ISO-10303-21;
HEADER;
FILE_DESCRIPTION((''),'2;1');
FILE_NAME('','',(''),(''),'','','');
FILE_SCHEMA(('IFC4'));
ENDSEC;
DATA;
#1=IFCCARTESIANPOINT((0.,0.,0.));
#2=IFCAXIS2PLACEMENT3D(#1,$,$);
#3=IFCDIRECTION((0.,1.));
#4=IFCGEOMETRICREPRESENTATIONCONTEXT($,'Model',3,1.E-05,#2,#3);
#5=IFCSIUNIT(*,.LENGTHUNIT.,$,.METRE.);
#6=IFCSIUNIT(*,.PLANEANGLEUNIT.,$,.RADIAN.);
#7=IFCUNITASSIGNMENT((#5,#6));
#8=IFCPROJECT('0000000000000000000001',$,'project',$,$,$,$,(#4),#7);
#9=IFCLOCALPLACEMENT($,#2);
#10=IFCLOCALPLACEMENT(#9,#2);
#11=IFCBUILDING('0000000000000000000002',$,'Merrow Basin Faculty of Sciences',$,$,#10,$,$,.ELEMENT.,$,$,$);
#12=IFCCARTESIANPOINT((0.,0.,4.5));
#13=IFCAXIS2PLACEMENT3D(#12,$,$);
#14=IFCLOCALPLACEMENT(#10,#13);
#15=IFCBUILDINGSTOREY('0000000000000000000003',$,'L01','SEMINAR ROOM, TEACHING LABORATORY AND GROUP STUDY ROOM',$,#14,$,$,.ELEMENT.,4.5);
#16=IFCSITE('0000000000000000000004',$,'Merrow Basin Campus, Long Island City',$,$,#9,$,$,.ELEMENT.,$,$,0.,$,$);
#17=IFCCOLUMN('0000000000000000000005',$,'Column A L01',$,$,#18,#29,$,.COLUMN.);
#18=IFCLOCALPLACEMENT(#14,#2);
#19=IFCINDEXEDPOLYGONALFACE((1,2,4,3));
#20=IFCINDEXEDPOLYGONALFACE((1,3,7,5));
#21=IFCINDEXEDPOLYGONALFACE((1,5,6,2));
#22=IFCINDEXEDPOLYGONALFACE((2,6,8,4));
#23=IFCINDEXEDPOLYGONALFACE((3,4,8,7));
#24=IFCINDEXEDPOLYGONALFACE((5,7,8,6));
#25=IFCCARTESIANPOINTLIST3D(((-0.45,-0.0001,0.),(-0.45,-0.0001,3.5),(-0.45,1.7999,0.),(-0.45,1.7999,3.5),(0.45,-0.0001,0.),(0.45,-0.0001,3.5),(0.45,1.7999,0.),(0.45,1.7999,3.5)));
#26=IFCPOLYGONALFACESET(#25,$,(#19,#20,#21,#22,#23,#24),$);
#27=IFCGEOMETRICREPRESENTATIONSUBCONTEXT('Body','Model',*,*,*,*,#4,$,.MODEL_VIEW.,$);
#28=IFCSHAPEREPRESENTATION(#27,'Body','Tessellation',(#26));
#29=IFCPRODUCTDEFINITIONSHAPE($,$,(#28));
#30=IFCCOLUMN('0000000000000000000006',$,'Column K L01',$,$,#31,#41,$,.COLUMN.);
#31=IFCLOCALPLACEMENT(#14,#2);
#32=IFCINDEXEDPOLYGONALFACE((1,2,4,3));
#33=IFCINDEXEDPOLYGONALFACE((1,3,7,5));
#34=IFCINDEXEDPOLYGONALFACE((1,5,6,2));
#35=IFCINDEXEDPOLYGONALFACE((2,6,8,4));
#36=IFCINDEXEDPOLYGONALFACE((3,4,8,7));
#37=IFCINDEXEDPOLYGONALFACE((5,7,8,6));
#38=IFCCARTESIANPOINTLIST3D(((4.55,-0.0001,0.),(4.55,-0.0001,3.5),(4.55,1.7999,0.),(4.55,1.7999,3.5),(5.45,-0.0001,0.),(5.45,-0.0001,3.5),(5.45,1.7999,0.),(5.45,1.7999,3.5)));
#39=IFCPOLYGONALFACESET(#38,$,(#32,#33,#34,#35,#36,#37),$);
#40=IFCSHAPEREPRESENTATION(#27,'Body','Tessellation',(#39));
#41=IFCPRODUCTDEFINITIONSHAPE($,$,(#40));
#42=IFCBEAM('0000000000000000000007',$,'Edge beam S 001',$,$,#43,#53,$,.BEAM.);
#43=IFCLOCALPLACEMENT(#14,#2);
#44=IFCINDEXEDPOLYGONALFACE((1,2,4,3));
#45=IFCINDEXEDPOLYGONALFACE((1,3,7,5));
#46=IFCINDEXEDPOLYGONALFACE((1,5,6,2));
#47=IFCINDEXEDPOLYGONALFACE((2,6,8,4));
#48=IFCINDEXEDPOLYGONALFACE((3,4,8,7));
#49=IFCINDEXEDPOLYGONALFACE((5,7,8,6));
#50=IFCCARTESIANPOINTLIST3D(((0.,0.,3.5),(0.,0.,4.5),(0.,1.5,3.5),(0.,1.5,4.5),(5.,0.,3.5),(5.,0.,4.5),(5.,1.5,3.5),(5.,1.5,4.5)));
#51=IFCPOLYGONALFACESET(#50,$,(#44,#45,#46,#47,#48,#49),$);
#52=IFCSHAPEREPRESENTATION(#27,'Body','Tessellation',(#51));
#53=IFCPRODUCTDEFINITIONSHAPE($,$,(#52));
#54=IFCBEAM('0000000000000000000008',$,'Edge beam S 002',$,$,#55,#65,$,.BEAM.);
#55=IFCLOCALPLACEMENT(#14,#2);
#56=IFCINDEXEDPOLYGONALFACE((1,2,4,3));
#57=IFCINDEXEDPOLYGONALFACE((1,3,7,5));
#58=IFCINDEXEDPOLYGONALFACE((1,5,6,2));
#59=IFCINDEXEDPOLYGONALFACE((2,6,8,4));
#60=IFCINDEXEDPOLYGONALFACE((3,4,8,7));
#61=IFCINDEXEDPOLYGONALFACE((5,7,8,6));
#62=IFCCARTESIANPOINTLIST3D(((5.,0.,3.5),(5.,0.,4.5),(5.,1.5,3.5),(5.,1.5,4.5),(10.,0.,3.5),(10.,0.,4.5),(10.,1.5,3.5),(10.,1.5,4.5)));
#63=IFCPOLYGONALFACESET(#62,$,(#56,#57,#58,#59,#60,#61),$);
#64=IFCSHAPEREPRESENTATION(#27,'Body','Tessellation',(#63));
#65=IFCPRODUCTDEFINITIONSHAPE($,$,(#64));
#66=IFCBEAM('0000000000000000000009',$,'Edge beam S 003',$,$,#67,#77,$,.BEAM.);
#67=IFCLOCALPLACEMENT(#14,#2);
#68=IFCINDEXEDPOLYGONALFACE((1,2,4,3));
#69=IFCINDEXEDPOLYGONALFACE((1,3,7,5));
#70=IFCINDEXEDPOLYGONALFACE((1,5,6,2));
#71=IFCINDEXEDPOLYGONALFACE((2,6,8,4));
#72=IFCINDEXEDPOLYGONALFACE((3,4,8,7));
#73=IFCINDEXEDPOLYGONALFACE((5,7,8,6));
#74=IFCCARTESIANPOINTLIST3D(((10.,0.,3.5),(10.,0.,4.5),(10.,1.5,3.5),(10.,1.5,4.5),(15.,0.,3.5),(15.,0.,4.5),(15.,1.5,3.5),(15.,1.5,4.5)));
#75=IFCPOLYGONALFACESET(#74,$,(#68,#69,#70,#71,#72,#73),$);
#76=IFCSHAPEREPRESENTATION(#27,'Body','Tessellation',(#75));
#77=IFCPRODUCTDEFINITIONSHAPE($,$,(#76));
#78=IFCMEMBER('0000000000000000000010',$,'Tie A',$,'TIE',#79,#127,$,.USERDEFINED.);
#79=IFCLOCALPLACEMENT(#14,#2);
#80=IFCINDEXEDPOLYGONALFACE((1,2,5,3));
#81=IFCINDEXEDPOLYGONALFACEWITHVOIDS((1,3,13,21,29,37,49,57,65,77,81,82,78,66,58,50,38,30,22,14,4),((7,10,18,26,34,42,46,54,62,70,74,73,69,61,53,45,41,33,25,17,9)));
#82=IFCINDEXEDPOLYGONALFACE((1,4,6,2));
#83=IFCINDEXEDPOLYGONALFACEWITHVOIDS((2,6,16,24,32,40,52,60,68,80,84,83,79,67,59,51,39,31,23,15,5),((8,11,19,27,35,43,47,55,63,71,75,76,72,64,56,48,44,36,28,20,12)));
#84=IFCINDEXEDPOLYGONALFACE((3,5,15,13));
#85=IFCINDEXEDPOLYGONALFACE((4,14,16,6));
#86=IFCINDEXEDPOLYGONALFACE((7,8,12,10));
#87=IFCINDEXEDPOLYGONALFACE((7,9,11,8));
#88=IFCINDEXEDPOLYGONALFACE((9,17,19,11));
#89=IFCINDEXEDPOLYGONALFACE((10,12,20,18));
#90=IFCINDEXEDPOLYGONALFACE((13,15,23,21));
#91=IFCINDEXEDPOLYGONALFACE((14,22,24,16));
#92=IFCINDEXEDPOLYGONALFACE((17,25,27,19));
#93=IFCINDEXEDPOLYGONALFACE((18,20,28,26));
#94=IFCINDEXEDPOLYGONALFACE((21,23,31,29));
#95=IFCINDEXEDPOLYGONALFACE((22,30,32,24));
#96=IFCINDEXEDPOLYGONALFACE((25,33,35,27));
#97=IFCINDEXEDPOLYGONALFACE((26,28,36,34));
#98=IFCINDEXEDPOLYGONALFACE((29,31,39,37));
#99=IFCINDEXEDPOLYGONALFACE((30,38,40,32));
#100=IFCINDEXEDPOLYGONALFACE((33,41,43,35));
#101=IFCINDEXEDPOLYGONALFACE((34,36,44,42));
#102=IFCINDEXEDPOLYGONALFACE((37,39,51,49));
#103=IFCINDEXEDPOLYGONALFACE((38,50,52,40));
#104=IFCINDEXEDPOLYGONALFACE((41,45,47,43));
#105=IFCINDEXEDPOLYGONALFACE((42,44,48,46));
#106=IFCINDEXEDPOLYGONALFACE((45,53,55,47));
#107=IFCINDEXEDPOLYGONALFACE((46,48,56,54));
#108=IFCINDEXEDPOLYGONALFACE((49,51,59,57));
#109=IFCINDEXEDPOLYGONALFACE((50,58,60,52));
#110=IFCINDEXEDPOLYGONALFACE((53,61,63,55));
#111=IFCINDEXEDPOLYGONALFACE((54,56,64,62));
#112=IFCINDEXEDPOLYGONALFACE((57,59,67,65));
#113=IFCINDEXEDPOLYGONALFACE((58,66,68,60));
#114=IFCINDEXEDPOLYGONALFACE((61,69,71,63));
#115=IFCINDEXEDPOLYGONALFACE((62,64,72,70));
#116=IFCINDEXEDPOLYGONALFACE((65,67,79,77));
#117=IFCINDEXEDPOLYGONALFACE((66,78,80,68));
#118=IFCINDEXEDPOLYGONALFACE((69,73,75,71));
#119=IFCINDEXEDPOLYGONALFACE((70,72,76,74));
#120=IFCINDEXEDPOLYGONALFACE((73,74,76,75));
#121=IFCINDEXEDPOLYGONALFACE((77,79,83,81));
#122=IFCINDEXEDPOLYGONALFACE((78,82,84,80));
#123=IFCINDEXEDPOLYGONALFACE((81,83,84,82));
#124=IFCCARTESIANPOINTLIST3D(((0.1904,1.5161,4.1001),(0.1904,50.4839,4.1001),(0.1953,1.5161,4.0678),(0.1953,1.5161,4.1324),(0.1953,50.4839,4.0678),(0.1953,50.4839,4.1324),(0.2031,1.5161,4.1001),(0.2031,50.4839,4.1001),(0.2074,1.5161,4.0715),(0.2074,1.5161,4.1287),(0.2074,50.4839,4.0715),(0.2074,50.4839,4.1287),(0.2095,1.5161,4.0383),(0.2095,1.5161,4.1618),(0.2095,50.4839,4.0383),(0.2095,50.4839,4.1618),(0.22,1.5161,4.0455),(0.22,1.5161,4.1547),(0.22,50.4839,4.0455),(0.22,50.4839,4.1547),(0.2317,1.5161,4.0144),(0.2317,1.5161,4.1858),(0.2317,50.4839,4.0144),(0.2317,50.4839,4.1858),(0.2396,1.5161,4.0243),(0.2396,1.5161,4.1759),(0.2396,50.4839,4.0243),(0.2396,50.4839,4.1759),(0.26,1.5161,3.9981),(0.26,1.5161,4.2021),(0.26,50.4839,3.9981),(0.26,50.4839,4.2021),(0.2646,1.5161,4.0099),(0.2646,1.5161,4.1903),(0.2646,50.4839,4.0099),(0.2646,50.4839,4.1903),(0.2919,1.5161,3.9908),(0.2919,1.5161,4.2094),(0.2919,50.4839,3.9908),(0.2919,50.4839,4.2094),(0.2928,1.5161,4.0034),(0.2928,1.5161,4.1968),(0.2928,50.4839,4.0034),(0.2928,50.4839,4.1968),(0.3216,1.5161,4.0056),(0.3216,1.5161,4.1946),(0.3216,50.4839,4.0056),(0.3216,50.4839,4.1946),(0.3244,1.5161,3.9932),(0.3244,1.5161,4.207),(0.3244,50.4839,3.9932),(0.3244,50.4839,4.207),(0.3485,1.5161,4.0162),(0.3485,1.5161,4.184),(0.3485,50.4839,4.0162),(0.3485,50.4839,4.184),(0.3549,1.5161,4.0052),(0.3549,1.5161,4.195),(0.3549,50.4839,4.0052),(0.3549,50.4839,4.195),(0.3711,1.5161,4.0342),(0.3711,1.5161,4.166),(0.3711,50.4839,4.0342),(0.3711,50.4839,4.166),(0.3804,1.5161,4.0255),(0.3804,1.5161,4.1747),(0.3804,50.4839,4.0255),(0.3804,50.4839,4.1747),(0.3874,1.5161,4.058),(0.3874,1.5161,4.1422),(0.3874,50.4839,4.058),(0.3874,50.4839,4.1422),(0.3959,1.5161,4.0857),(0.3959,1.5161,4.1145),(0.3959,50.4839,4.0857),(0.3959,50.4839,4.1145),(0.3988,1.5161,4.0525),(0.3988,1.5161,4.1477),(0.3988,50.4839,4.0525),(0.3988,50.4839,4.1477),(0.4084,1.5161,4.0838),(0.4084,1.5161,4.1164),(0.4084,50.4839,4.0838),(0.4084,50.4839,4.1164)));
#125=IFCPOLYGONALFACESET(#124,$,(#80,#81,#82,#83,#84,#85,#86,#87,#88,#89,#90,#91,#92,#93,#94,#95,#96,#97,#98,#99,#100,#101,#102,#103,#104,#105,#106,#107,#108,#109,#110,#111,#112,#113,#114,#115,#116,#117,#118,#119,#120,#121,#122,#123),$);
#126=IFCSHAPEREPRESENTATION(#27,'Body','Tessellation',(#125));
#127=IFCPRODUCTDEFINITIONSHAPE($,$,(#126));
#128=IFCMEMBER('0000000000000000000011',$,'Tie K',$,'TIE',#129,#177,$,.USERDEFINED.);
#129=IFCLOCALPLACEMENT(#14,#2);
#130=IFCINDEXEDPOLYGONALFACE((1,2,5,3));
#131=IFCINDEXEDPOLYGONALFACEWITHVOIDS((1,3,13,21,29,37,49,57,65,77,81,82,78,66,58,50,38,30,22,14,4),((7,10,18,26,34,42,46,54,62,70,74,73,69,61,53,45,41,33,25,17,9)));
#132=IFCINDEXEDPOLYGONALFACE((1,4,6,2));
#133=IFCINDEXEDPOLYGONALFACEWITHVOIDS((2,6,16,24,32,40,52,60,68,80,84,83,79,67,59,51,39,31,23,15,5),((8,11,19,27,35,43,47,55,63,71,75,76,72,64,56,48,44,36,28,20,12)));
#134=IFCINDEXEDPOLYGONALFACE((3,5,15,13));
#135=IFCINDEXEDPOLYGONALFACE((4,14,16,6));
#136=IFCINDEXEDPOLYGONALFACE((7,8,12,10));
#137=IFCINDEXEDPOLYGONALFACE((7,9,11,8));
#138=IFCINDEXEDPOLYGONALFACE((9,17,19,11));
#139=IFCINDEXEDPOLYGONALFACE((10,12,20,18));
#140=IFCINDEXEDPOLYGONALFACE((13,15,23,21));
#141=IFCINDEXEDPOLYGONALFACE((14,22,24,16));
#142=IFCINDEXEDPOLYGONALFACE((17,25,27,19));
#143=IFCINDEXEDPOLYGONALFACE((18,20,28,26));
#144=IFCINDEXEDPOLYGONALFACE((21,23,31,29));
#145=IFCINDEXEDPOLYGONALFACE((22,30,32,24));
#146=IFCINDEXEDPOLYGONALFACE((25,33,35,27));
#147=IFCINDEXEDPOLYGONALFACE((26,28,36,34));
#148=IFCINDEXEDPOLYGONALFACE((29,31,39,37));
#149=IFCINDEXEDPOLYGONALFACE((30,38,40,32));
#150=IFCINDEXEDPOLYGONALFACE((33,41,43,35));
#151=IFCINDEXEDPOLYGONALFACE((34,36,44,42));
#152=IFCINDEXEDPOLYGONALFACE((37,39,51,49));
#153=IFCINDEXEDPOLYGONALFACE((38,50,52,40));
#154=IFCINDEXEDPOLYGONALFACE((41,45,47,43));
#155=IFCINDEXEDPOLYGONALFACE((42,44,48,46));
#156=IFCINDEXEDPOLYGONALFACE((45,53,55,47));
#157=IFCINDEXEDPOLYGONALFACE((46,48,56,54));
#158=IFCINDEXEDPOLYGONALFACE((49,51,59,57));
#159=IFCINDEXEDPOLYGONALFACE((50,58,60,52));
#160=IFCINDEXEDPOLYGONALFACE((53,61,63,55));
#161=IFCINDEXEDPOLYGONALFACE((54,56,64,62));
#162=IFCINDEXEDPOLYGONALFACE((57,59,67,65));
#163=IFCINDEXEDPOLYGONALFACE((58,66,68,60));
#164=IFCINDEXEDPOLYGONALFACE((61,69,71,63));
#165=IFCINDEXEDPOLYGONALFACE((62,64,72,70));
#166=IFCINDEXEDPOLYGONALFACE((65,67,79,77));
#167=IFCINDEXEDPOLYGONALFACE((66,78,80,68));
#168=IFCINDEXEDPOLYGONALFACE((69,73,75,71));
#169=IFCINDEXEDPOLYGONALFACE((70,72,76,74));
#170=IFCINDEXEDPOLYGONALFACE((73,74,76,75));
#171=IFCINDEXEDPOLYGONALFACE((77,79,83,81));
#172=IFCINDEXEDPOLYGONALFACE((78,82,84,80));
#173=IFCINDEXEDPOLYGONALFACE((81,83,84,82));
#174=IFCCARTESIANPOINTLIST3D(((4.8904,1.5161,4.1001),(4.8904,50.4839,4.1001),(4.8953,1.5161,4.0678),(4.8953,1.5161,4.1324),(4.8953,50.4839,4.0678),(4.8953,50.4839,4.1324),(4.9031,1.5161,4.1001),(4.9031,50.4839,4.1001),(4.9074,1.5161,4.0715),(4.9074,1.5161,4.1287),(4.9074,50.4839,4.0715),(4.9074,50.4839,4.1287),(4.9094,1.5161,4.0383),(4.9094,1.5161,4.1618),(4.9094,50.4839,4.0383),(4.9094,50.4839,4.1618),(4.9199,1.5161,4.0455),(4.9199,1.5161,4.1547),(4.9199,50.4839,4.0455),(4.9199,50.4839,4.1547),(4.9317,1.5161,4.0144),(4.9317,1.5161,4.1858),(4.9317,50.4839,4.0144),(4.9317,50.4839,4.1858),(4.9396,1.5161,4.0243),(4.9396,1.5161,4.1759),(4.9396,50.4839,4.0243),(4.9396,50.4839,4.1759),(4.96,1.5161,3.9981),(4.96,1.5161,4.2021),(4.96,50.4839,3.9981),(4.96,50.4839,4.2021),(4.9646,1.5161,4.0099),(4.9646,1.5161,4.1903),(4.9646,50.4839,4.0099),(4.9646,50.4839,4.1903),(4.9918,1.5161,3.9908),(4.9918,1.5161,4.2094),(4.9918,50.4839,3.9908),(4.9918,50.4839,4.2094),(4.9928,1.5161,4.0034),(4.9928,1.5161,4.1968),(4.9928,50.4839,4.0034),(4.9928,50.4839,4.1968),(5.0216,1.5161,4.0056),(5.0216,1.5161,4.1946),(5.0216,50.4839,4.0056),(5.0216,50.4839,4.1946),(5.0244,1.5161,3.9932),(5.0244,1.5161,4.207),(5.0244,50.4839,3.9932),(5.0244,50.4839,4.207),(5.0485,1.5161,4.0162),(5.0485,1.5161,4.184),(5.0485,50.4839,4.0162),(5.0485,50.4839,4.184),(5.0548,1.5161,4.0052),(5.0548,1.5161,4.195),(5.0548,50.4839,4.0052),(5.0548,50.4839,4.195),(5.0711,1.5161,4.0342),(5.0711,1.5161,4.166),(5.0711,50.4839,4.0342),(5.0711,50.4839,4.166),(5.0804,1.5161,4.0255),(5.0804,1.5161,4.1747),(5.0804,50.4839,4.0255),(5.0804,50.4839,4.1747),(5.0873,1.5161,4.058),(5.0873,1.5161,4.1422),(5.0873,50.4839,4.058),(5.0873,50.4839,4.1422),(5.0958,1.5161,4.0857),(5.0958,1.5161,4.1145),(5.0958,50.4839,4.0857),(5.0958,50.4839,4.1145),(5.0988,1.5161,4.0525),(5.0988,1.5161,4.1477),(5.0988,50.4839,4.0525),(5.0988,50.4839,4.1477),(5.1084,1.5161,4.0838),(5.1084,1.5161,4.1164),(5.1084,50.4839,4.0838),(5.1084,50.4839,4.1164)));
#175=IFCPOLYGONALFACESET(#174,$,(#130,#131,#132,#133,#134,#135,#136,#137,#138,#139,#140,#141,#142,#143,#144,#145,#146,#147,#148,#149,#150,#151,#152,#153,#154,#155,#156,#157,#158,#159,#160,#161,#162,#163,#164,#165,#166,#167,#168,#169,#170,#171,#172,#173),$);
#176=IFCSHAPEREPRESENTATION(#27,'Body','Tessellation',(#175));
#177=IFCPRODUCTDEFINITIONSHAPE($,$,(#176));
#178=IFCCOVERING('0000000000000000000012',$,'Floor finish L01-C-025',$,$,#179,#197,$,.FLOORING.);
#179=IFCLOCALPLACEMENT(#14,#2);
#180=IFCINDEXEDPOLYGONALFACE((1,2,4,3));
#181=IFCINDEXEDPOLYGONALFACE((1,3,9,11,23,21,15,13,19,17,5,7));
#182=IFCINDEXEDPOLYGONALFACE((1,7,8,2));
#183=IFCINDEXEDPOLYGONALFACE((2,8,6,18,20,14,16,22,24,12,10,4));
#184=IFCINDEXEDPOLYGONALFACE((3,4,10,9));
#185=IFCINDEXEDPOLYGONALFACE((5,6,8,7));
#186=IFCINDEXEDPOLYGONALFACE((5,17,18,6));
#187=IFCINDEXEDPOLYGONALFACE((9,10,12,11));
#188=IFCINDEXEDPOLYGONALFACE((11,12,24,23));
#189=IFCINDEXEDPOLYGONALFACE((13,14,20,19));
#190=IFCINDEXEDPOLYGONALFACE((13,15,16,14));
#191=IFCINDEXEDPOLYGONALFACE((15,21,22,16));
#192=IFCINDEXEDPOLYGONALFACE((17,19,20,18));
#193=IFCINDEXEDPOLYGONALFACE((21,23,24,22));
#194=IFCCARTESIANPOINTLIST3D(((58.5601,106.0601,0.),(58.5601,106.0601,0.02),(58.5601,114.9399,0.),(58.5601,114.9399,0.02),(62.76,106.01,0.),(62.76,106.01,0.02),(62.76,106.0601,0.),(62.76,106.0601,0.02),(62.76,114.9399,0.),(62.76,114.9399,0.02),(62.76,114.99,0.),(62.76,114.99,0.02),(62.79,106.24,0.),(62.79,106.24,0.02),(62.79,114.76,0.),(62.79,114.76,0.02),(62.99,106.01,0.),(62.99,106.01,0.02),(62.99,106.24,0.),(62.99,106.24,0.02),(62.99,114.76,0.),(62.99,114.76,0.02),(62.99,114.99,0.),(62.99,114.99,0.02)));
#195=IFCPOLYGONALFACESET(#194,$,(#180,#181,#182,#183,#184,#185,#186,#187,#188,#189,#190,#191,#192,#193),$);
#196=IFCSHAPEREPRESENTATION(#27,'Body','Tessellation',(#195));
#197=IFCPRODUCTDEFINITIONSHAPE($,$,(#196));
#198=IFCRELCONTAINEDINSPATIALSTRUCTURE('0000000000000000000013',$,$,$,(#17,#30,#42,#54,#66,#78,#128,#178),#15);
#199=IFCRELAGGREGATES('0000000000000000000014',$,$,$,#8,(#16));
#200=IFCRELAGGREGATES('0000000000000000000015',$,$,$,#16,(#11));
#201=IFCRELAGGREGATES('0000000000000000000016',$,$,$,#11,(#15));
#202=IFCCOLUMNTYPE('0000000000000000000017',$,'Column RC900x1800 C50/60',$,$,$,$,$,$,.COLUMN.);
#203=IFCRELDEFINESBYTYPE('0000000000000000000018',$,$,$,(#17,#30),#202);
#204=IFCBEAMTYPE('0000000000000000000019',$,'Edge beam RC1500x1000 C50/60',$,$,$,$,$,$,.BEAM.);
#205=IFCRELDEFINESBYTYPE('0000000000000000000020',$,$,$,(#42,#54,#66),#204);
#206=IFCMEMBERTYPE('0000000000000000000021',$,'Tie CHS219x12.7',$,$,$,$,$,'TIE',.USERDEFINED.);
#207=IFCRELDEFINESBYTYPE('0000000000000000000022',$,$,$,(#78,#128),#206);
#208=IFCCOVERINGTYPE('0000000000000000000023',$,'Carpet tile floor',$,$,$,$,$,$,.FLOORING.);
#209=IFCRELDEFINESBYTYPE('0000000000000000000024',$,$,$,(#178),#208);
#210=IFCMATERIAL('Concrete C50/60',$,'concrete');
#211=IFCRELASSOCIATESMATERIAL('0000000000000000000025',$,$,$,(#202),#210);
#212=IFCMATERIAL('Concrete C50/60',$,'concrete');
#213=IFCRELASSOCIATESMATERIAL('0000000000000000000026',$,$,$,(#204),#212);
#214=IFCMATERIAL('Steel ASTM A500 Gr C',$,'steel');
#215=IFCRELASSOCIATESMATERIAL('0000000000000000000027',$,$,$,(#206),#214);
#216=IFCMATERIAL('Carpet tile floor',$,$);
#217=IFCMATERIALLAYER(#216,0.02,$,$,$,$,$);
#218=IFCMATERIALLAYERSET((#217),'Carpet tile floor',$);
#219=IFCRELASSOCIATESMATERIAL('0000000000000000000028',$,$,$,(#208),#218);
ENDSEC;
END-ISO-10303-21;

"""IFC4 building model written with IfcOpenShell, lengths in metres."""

from ifc_helpers import new_model, si_unit, direction, frame, origin, origin_2d, place, context, subcontext, project, spatial, polyline, rectangle, hollow_circle, outline, extrude, material, layer, layer_set, material_profile, profile_set, type_object, element, save


model = new_model("IFC4")

# Units and contexts
model_context = context("Model", 3, precision=1e-05, world=origin(), true_north=direction((0.0, 1.0)))
body_context = subcontext(model_context, "Body", "Model", "MODEL_VIEW")
ifc_project = project(units=[si_unit("LENGTHUNIT", "METRE"), si_unit("PLANEANGLEUNIT", "RADIAN")], contexts=[model_context])

# Site, building, storey
site_placement = place(None, origin())
site = spatial("IfcSite", under=ifc_project, at=site_placement, Name="Merrow Basin Campus, Long Island City", CompositionType="ELEMENT", RefElevation=0.0)
building_placement = place(site_placement, origin())
building = spatial("IfcBuilding", under=site, at=building_placement, Name="Merrow Basin Faculty of Sciences", CompositionType="ELEMENT")
storey_placement = place(building_placement, frame((0.0, 0.0, 4.5)))
storey = spatial("IfcBuildingStorey", under=building, at=storey_placement, Name="L01", Description="SEMINAR ROOM, TEACHING LABORATORY AND GROUP STUDY ROOM", CompositionType="ELEMENT", Elevation=4.5)

# Columns
ifc_material_1 = material(Name="Concrete C50/60", Category="concrete")
ifc_material_profile_1 = material_profile(ifc_material_1, rectangle(XDim=0.8999, YDim=1.8, at=origin_2d()))
ifc_profile_set_1 = profile_set([ifc_material_profile_1], Name="Concrete C50/60")
column_type = type_object("IfcColumnType", Name="Column RC900x1800 C50/60", PredefinedType="COLUMN", material=ifc_profile_set_1)
for number, where, z_axis, x_axis, name in (
    (1, (0.0, 0.8999, 0.0), (0.0, 0.0, 1.0), (1.0, 0.0, 0.0), "Column A L01"),
    (2, (5.0, 0.8999, 0.0), (0.0, 0.0, 1.0), (1.0, 0.0, 0.0), "Column K L01"),
):
    element("IfcColumn", number, at=place(storey_placement, frame(where, z_axis=z_axis, x_axis=x_axis)), inside=storey, type_object=column_type, Name=name, PredefinedType="COLUMN", context=body_context, shape_type="SweptSolid", body=[
        extrude(rectangle(XDim=0.8999, YDim=1.8, at=origin_2d()), origin(), (0.0, 0.0, 1.0), 3.5),
    ])

# Beams
ifc_material_2 = material(Name="Concrete C50/60", Category="concrete")
ifc_material_profile_2 = material_profile(ifc_material_2, rectangle(XDim=1.5, YDim=1.0, at=origin_2d()))
ifc_profile_set_2 = profile_set([ifc_material_profile_2], Name="Concrete C50/60")
beam_type = type_object("IfcBeamType", Name="Edge beam RC1500x1000 C50/60", PredefinedType="BEAM", material=ifc_profile_set_2)
for number, where, z_axis, x_axis, name in (
    (3, (0.0, 0.75, 4.0), (1.0, 0.0, 0.0), (0.0, 1.0, 0.0), "Edge beam S 001"),
    (4, (5.0, 0.75, 4.0), (1.0, 0.0, 0.0), (0.0, 1.0, 0.0), "Edge beam S 002"),
    (5, (10.0, 0.75, 4.0), (1.0, 0.0, 0.0), (0.0, 1.0, 0.0), "Edge beam S 003"),
):
    element("IfcBeam", number, at=place(storey_placement, frame(where, z_axis=z_axis, x_axis=x_axis)), inside=storey, type_object=beam_type, Name=name, PredefinedType="BEAM", context=body_context, shape_type="SweptSolid", body=[
        extrude(rectangle(XDim=1.5, YDim=1.0, at=origin_2d()), origin(), (0.0, 0.0, 1.0), 5.0),
    ])

# Members
ifc_material_3 = material(Name="Steel ASTM A500 Gr C", Category="steel")
ifc_material_profile_3 = material_profile(ifc_material_3, hollow_circle(Radius=0.1096, WallThickness=0.0127, at=origin_2d()))
ifc_profile_set_3 = profile_set([ifc_material_profile_3], Name="Steel ASTM A500 Gr C")
member_type = type_object("IfcMemberType", Name="Tie CHS219x12.7", ElementType="TIE", PredefinedType="USERDEFINED", material=ifc_profile_set_3)
for number, where, z_axis, x_axis, name in (
    (6, (0.3, 1.5161, 4.1001), (0.0, 1.0, 0.0), (-1.0, 0.0, 0.0), "Tie A"),
    (7, (5.0, 1.5161, 4.1001), (0.0, 1.0, 0.0), (-1.0, 0.0, 0.0), "Tie K"),
):
    element("IfcMember", number, at=place(storey_placement, frame(where, z_axis=z_axis, x_axis=x_axis)), inside=storey, type_object=member_type, Name=name, ObjectType="TIE", PredefinedType="USERDEFINED", context=body_context, shape_type="SweptSolid", body=[
        extrude(hollow_circle(Radius=0.1096, WallThickness=0.0127, at=origin_2d()), origin(), (0.0, 0.0, 1.0), 48.9678),
    ])

# Covering
ifc_material_4 = material(Name="Carpet tile floor")
ifc_layer_1 = layer(ifc_material_4, 0.02)
ifc_layer_set_1 = layer_set([ifc_layer_1], Name="Carpet tile floor")
covering_type_1 = type_object("IfcCoveringType", Name="Carpet tile floor", PredefinedType="FLOORING", material=ifc_layer_set_1)
covering_1_placement = place(storey_placement, origin())
element("IfcCovering", 8, at=covering_1_placement, inside=storey, type_object=covering_type_1, Name="Floor finish L01-C-025", PredefinedType="FLOORING", context=body_context, shape_type="SweptSolid", body=[
    extrude(outline(polyline([(62.99, 114.99), (62.99, 114.76), (62.79, 114.76), (62.79, 106.24), (62.99, 106.24), (62.99, 106.01), (62.76, 106.01), (62.76, 106.0601), (58.5601, 106.0601), (58.5601, 114.9399), (62.76, 114.9399), (62.76, 114.99), (62.99, 114.99)])), origin(), (0.0, 0.0, 1.0), 0.02),
])

save(model, "model.ifc")
